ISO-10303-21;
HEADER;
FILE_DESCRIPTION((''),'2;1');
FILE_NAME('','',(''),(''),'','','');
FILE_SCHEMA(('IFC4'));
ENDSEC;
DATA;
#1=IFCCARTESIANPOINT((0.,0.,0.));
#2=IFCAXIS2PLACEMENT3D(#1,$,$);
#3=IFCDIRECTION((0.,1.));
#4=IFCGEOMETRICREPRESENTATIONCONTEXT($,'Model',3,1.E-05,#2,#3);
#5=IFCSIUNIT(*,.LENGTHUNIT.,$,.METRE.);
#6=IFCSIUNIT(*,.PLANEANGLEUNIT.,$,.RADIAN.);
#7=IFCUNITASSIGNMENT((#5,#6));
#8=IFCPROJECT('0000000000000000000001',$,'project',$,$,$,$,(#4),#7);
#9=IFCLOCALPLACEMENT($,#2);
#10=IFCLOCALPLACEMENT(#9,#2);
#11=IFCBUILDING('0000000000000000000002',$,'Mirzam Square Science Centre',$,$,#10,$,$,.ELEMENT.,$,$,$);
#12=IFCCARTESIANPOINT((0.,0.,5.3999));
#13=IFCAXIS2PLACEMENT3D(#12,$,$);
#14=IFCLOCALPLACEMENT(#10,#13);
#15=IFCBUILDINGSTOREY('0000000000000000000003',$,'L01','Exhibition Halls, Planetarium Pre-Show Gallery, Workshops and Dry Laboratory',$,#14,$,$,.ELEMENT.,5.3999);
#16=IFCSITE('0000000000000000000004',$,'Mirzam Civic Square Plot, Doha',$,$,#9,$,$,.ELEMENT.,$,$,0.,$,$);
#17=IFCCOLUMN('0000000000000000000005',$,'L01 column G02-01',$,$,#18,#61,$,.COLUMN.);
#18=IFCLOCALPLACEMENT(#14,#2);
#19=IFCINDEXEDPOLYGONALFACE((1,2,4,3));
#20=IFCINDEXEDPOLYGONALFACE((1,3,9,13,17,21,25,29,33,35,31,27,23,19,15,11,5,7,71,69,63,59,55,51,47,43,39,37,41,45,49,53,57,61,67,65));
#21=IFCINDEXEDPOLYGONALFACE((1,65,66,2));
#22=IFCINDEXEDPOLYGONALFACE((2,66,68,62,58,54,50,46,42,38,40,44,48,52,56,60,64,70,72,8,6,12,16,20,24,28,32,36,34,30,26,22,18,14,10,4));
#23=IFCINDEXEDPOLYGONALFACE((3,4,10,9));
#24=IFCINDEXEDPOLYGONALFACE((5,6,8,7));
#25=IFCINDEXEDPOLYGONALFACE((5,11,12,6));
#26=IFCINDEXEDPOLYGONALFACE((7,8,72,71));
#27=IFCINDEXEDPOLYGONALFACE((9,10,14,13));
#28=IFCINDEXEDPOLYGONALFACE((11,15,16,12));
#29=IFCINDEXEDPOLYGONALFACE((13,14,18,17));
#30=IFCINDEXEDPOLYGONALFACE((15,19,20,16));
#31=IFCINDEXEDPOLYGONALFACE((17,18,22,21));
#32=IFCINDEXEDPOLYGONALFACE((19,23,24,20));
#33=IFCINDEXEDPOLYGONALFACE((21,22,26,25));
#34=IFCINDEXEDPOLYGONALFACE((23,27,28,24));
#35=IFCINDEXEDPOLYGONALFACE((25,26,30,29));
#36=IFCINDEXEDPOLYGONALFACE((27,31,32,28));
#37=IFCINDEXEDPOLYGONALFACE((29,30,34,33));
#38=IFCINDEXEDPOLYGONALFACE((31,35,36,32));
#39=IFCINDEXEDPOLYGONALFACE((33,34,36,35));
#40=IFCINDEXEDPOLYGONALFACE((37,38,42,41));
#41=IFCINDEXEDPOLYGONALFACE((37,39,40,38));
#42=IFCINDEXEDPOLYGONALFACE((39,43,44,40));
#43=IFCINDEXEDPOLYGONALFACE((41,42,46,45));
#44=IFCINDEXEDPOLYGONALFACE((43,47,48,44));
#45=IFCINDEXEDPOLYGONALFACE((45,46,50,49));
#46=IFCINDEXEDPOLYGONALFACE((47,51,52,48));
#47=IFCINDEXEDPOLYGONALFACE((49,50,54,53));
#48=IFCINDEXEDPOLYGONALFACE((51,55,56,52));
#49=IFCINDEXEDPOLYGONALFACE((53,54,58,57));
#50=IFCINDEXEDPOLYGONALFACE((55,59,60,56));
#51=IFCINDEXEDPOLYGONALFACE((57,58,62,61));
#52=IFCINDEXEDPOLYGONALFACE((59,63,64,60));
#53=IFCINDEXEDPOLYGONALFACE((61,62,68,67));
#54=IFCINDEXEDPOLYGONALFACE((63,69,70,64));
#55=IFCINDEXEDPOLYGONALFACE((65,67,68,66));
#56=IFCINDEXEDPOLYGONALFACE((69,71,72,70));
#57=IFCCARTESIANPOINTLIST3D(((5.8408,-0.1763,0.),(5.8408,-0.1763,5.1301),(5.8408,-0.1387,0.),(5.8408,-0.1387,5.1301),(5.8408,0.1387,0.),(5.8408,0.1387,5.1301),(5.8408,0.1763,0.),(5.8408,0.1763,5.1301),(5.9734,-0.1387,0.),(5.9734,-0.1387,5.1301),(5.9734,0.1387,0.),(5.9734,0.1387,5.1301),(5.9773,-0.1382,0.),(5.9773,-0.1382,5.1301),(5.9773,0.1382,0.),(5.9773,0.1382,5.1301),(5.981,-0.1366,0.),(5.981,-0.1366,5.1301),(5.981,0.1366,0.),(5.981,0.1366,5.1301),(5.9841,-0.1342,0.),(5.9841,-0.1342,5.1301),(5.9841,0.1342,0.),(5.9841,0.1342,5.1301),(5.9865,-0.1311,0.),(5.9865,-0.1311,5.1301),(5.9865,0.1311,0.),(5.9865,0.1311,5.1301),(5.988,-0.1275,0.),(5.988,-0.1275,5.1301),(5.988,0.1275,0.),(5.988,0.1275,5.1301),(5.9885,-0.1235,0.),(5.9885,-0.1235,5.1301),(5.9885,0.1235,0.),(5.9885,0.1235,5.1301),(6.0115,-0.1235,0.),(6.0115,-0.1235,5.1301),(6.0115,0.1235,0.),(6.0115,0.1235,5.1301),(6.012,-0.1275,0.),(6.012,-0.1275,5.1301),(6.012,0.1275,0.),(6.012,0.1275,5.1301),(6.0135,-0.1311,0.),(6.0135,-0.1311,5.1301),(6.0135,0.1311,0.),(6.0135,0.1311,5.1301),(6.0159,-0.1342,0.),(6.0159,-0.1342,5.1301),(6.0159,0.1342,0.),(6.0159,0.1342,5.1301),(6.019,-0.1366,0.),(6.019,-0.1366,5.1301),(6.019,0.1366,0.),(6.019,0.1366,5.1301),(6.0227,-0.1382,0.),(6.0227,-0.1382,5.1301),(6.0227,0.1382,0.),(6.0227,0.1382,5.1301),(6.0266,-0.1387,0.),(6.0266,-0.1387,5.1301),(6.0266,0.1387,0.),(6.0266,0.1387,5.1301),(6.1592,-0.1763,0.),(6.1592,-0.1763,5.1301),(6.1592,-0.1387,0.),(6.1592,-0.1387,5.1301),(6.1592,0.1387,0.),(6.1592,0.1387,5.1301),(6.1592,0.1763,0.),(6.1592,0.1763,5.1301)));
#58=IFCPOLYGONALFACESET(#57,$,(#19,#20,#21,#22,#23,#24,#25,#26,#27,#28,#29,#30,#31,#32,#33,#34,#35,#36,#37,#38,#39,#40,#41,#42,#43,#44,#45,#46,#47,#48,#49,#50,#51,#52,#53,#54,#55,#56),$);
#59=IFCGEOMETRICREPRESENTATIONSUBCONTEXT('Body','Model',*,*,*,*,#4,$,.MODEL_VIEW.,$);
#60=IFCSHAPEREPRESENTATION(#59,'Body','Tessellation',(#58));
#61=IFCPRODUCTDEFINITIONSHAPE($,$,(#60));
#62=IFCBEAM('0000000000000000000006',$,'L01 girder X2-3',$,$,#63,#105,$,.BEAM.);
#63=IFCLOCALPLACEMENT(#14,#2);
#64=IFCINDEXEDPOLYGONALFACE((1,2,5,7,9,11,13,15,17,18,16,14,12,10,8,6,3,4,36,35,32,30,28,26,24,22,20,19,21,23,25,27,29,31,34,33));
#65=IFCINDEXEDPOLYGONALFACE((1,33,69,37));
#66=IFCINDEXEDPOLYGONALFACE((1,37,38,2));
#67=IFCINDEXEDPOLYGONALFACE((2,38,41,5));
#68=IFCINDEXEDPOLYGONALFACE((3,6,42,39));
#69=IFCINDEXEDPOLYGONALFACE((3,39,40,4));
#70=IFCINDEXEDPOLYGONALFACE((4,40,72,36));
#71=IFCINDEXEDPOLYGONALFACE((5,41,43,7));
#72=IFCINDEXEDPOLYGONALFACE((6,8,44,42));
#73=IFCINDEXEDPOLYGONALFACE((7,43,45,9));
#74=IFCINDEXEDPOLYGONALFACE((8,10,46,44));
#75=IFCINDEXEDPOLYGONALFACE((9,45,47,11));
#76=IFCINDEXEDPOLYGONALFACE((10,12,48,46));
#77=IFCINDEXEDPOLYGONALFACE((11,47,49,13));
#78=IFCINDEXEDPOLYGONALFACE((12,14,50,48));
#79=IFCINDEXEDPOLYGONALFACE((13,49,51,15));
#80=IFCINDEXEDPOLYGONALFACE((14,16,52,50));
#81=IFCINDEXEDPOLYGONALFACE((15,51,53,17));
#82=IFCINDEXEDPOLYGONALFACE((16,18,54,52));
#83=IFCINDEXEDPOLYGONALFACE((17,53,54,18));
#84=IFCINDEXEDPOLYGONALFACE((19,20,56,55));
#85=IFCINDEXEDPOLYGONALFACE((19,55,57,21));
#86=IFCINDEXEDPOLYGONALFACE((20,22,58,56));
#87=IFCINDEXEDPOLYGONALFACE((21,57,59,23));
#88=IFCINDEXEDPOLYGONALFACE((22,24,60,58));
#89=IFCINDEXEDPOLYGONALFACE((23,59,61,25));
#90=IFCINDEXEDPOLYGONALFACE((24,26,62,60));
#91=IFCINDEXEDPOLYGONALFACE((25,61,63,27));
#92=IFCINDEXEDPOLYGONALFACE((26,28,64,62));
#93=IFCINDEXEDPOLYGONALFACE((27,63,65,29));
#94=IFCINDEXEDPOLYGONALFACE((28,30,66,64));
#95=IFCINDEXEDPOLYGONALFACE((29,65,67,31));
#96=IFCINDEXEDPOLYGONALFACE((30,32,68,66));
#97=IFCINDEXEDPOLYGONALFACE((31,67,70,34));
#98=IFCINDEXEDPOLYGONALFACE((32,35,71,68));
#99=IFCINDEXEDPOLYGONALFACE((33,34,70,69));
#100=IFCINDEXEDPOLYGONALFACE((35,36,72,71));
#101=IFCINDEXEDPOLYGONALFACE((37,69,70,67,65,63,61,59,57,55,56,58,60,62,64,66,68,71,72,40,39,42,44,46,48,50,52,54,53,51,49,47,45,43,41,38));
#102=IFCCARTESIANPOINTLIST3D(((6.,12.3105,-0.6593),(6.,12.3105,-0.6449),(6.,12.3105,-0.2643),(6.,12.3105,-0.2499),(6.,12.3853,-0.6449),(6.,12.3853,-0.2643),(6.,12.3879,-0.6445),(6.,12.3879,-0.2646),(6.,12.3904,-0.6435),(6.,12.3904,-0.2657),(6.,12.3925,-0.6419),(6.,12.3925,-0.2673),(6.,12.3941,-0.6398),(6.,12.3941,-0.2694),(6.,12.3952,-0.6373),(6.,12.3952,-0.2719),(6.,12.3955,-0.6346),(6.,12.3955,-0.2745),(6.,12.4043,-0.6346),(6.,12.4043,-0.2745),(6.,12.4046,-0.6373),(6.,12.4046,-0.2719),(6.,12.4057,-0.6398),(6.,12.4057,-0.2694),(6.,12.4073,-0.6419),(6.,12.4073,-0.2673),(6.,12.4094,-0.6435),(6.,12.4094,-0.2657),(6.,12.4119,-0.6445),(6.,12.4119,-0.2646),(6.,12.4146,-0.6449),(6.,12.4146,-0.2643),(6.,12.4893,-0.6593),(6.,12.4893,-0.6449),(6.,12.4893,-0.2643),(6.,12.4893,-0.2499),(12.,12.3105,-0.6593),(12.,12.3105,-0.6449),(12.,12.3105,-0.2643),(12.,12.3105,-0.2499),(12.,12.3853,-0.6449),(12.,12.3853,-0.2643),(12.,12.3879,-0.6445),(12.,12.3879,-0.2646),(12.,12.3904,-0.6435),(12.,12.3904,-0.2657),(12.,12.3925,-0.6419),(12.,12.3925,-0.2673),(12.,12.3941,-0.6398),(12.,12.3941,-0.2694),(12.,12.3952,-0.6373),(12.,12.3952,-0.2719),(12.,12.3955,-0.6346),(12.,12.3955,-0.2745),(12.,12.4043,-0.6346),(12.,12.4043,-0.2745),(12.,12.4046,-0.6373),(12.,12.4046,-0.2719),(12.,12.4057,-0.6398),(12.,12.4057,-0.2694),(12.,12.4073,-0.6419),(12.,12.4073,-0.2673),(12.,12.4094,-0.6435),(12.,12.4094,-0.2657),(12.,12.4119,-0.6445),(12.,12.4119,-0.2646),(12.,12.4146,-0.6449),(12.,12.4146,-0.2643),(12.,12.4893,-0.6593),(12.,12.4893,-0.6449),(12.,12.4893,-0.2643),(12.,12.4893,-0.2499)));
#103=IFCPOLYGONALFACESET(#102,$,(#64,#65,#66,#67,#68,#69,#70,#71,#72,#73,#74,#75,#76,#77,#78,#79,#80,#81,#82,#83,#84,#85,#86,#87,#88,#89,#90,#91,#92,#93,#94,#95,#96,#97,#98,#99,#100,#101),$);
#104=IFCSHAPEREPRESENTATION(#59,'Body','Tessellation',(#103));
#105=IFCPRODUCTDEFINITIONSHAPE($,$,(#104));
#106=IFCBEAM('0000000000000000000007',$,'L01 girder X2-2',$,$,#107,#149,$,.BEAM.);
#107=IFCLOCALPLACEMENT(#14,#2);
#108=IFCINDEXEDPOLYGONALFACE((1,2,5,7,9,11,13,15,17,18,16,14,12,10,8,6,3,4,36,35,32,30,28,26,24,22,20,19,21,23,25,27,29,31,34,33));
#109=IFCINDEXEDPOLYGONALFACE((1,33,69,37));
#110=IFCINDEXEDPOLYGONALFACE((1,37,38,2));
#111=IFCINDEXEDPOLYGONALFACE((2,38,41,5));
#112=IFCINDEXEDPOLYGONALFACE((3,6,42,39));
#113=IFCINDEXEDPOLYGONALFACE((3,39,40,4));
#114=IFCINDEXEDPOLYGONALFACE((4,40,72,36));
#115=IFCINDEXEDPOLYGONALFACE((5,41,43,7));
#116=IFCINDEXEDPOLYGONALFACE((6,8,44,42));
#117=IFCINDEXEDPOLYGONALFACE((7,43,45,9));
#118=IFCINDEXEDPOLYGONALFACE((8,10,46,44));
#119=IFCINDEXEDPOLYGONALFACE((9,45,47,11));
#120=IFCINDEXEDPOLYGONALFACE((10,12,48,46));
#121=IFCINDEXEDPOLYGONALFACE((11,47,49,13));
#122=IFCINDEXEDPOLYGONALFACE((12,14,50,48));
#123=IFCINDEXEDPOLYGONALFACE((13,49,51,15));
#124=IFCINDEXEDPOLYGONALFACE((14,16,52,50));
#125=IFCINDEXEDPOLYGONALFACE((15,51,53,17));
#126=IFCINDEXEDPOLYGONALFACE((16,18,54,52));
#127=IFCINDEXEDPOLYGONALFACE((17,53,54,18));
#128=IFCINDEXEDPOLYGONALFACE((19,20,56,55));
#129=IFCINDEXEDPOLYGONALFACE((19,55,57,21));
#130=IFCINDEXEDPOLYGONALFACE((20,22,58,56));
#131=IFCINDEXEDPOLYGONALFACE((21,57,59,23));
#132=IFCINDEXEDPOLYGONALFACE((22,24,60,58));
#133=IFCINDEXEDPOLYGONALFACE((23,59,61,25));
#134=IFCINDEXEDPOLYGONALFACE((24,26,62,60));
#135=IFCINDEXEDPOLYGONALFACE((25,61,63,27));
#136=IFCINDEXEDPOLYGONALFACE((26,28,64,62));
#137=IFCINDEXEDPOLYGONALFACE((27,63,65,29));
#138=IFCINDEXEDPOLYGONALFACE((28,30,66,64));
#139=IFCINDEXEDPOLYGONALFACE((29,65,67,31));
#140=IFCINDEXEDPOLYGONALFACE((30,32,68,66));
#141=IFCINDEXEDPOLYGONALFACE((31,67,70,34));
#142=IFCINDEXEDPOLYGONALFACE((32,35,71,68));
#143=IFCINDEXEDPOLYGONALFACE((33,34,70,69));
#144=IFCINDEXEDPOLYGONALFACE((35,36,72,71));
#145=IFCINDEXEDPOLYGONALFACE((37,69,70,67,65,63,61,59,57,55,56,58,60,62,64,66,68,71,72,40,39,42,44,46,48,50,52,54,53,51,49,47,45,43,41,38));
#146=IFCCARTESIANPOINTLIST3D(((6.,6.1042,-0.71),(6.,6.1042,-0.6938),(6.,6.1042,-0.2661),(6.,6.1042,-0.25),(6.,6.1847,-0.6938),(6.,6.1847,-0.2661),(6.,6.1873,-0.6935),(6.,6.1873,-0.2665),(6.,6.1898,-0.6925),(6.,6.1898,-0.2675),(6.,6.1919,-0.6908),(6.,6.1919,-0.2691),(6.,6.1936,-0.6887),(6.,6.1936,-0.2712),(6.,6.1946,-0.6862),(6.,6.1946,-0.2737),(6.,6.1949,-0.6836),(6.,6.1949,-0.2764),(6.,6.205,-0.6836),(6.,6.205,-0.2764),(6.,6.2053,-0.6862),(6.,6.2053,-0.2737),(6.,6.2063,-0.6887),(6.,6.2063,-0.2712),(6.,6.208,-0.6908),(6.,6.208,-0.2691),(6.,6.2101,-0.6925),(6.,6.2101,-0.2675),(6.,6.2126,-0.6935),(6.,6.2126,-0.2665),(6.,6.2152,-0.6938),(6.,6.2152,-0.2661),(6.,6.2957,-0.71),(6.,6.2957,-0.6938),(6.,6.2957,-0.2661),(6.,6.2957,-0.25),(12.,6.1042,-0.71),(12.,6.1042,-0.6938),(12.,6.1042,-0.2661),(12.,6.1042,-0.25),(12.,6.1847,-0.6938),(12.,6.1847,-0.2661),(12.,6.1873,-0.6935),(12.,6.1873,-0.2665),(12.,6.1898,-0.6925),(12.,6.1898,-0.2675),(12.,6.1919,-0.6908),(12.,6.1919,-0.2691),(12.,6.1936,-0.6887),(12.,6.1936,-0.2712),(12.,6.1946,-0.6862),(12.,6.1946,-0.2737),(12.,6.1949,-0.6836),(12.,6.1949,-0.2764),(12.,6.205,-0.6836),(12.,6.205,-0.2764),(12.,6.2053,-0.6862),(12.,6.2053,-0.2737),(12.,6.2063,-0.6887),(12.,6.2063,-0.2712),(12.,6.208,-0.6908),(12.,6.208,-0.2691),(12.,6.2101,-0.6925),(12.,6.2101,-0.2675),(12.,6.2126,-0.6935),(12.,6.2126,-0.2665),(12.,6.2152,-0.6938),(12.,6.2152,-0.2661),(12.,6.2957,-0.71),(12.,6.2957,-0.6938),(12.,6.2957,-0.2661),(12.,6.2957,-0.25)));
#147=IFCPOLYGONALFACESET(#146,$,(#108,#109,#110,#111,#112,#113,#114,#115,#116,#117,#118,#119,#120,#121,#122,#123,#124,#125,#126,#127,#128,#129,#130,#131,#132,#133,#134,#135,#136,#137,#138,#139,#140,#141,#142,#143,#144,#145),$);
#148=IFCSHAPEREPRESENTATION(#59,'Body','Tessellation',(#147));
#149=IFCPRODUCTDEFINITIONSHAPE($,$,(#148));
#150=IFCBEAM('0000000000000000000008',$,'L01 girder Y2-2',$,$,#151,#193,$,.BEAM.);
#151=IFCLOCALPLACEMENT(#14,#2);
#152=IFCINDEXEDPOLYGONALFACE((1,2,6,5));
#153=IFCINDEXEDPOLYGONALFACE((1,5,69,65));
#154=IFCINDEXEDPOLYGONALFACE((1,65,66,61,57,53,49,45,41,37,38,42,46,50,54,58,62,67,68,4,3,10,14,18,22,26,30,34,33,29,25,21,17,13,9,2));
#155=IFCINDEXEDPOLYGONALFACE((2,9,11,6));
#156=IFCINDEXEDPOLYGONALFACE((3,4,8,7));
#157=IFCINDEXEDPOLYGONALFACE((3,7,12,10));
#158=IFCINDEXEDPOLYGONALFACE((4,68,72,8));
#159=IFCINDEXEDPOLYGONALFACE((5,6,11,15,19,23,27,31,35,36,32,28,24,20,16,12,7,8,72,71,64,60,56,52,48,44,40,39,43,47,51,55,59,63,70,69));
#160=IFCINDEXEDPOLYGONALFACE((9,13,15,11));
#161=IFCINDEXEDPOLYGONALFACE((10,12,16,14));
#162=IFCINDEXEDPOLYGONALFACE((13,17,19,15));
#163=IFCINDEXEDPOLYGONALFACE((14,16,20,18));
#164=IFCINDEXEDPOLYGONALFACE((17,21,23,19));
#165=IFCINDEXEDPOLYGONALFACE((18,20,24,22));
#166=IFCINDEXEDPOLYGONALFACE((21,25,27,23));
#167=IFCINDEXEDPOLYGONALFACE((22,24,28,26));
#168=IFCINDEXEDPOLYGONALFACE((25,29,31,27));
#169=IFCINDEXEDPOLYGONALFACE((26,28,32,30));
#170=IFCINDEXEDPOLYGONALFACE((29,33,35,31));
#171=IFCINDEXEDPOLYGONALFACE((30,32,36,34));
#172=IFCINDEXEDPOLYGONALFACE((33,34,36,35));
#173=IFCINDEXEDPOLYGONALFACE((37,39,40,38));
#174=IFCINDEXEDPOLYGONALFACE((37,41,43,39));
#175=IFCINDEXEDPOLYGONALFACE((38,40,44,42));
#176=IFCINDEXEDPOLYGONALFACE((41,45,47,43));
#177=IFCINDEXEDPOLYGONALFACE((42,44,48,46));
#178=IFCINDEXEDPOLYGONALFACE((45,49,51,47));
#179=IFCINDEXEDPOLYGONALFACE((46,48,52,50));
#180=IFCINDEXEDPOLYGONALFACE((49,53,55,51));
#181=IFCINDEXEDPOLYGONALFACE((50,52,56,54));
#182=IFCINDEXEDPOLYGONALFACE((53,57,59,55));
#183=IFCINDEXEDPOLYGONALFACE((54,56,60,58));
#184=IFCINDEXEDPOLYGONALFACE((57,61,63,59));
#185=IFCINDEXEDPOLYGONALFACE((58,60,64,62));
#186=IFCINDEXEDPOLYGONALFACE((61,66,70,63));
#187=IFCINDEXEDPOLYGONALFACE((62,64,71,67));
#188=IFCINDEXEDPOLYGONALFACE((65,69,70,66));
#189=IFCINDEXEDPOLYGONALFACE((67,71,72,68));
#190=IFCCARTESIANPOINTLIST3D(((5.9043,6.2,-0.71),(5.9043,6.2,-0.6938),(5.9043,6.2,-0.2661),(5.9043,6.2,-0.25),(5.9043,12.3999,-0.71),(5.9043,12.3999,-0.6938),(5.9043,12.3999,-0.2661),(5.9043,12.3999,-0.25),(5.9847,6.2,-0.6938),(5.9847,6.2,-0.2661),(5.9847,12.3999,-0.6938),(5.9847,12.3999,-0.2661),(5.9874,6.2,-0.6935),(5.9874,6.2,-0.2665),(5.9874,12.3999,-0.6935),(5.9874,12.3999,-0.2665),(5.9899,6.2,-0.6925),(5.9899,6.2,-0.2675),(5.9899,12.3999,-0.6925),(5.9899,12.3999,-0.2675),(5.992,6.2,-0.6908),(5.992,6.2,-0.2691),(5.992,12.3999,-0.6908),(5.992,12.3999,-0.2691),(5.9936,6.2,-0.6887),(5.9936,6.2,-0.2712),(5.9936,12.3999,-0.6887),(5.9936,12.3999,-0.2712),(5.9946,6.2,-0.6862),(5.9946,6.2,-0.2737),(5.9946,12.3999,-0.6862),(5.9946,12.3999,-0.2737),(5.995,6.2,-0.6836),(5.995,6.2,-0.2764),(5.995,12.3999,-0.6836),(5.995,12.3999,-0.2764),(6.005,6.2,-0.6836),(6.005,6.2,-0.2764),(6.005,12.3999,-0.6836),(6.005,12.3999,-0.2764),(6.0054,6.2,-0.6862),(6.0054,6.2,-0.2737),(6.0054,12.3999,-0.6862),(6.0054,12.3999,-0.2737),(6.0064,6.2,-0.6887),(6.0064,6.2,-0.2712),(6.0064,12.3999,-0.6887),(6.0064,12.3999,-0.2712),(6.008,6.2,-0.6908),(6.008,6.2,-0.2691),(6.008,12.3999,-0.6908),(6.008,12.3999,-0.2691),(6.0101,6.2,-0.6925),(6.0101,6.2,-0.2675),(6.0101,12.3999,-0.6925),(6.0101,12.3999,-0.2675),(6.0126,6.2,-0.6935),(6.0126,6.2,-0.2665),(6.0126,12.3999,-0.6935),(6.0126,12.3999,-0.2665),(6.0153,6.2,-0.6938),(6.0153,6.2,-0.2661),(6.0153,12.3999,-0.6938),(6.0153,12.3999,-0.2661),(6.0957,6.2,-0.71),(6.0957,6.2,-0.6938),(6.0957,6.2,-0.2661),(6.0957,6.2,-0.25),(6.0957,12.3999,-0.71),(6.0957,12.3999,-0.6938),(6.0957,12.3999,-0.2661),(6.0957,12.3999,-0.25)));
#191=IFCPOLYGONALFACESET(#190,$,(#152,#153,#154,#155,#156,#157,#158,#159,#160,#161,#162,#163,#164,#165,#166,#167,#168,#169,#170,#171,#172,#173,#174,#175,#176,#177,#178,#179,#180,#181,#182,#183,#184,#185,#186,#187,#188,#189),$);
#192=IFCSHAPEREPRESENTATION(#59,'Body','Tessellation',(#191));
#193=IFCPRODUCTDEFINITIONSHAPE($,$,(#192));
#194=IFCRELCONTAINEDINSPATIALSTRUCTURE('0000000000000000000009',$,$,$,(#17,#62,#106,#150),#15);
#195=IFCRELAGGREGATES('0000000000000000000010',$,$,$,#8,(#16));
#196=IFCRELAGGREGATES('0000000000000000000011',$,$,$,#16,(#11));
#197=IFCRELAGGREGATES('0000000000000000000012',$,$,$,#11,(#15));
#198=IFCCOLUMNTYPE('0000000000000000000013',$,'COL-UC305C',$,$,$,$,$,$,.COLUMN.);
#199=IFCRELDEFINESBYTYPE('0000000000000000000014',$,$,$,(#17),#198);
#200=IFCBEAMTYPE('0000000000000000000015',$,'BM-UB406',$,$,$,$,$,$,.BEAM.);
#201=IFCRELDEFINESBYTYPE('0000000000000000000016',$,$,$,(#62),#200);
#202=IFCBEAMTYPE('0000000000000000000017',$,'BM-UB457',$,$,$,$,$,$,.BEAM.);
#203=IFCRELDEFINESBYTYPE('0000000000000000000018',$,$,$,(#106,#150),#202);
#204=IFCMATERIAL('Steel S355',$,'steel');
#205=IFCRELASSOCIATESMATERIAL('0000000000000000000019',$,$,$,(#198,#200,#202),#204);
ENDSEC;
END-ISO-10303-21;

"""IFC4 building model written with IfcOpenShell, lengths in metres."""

from ifc_helpers import new_model, si_unit, direction, frame, origin, origin_2d, place, context, subcontext, project, spatial, i_section, extrude, material, material_profile, profile_set, type_object, element, save


model = new_model("IFC4")

# Units and contexts
model_context = context("Model", 3, precision=1e-05, world=origin(), true_north=direction((0.0, 1.0)))
body_context = subcontext(model_context, "Body", "Model", "MODEL_VIEW")
ifc_project = project(units=[si_unit("LENGTHUNIT", "METRE"), si_unit("PLANEANGLEUNIT", "RADIAN")], contexts=[model_context])

# Site, building, storey
site_placement = place(None, origin())
site = spatial("IfcSite", under=ifc_project, at=site_placement, Name="Mirzam Civic Square Plot, Doha", CompositionType="ELEMENT", RefElevation=0.0)
building_placement = place(site_placement, origin())
building = spatial("IfcBuilding", under=site, at=building_placement, Name="Mirzam Square Science Centre", CompositionType="ELEMENT")
storey_placement = place(building_placement, frame((0.0, 0.0, 5.3999)))
storey = spatial("IfcBuildingStorey", under=building, at=storey_placement, Name="L01", Description="Exhibition Halls, Planetarium Pre-Show Gallery, Workshops and Dry Laboratory", CompositionType="ELEMENT", Elevation=5.3999)

# Column
ifc_material_1 = material(Name="Steel S355", Category="steel")
ifc_material_profile_1 = material_profile(ifc_material_1, i_section(OverallWidth=0.3184, OverallDepth=0.3525, WebThickness=0.0229, FlangeThickness=0.0376, FilletRadius=0.0151, at=origin_2d()), Name="305x305x240UC")
ifc_profile_set_1 = profile_set([ifc_material_profile_1], Name="Steel S355")
column_type_1 = type_object("IfcColumnType", Name="COL-UC305C", PredefinedType="COLUMN", material=ifc_profile_set_1)
column_1_placement = place(storey_placement, frame((6.0, 0.0, 0.0), z_axis=(0.0, 0.0, 1.0), x_axis=(1.0, 0.0, 0.0)))
element("IfcColumn", 1, at=column_1_placement, inside=storey, type_object=column_type_1, Name="L01 column G02-01", PredefinedType="COLUMN", context=body_context, shape_type="SweptSolid", body=[
    extrude(i_section(OverallWidth=0.3184, OverallDepth=0.3525, WebThickness=0.0229, FlangeThickness=0.0376, FilletRadius=0.0151, at=origin_2d()), origin(), (0.0, 0.0, 1.0), 5.1301),
])

# Beams
ifc_material_profile_2 = material_profile(ifc_material_1, i_section(OverallWidth=0.1787, OverallDepth=0.4094, WebThickness=0.0088, FlangeThickness=0.0144, FilletRadius=0.0103, at=origin_2d()), Name="406x178x67UB")
ifc_profile_set_2 = profile_set([ifc_material_profile_2], Name="Steel S355")
beam_type_1 = type_object("IfcBeamType", Name="BM-UB406", PredefinedType="BEAM", material=ifc_profile_set_2)
beam_1_placement = place(storey_placement, frame((6.0, 12.3999, -0.4546), z_axis=(1.0, 0.0, 0.0), x_axis=(0.0, 1.0, 0.0)))
element("IfcBeam", 2, at=beam_1_placement, inside=storey, type_object=beam_type_1, Name="L01 girder X2-3", PredefinedType="BEAM", context=body_context, shape_type="SweptSolid", body=[
    extrude(i_section(OverallWidth=0.1787, OverallDepth=0.4094, WebThickness=0.0088, FlangeThickness=0.0144, FilletRadius=0.0103, at=origin_2d()), origin(), (0.0, 0.0, 1.0), 6.0),
])
ifc_material_profile_3 = material_profile(ifc_material_1, i_section(OverallWidth=0.1914, OverallDepth=0.46, WebThickness=0.01, FlangeThickness=0.0161, FilletRadius=0.0103, at=origin_2d()), Name="457x191x82UB")
ifc_profile_set_3 = profile_set([ifc_material_profile_3], Name="Steel S355")
beam_type_2 = type_object("IfcBeamType", Name="BM-UB457", PredefinedType="BEAM", material=ifc_profile_set_3)
beam_2_placement = place(storey_placement, frame((6.0, 6.2, -0.48), z_axis=(1.0, 0.0, 0.0), x_axis=(0.0, 1.0, 0.0)))
element("IfcBeam", 3, at=beam_2_placement, inside=storey, type_object=beam_type_2, Name="L01 girder X2-2", PredefinedType="BEAM", context=body_context, shape_type="SweptSolid", body=[
    extrude(i_section(OverallWidth=0.1914, OverallDepth=0.46, WebThickness=0.01, FlangeThickness=0.0161, FilletRadius=0.0103, at=origin_2d()), origin(), (0.0, 0.0, 1.0), 6.0),
])
for number, where, z_axis, x_axis, name in (
    (4, (6.0, 6.2, -0.48), (0.0, 1.0, 0.0), (-1.0, 0.0, 0.0), "L01 girder Y2-2"),
):
    element("IfcBeam", number, at=place(storey_placement, frame(where, z_axis=z_axis, x_axis=x_axis)), inside=storey, type_object=beam_type_2, Name=name, PredefinedType="BEAM", context=body_context, shape_type="SweptSolid", body=[
        extrude(i_section(OverallWidth=0.1914, OverallDepth=0.46, WebThickness=0.01, FlangeThickness=0.0161, FilletRadius=0.0103, at=origin_2d()), origin(), (0.0, 0.0, 1.0), 6.2),
    ])

save(model, "model.ifc")
